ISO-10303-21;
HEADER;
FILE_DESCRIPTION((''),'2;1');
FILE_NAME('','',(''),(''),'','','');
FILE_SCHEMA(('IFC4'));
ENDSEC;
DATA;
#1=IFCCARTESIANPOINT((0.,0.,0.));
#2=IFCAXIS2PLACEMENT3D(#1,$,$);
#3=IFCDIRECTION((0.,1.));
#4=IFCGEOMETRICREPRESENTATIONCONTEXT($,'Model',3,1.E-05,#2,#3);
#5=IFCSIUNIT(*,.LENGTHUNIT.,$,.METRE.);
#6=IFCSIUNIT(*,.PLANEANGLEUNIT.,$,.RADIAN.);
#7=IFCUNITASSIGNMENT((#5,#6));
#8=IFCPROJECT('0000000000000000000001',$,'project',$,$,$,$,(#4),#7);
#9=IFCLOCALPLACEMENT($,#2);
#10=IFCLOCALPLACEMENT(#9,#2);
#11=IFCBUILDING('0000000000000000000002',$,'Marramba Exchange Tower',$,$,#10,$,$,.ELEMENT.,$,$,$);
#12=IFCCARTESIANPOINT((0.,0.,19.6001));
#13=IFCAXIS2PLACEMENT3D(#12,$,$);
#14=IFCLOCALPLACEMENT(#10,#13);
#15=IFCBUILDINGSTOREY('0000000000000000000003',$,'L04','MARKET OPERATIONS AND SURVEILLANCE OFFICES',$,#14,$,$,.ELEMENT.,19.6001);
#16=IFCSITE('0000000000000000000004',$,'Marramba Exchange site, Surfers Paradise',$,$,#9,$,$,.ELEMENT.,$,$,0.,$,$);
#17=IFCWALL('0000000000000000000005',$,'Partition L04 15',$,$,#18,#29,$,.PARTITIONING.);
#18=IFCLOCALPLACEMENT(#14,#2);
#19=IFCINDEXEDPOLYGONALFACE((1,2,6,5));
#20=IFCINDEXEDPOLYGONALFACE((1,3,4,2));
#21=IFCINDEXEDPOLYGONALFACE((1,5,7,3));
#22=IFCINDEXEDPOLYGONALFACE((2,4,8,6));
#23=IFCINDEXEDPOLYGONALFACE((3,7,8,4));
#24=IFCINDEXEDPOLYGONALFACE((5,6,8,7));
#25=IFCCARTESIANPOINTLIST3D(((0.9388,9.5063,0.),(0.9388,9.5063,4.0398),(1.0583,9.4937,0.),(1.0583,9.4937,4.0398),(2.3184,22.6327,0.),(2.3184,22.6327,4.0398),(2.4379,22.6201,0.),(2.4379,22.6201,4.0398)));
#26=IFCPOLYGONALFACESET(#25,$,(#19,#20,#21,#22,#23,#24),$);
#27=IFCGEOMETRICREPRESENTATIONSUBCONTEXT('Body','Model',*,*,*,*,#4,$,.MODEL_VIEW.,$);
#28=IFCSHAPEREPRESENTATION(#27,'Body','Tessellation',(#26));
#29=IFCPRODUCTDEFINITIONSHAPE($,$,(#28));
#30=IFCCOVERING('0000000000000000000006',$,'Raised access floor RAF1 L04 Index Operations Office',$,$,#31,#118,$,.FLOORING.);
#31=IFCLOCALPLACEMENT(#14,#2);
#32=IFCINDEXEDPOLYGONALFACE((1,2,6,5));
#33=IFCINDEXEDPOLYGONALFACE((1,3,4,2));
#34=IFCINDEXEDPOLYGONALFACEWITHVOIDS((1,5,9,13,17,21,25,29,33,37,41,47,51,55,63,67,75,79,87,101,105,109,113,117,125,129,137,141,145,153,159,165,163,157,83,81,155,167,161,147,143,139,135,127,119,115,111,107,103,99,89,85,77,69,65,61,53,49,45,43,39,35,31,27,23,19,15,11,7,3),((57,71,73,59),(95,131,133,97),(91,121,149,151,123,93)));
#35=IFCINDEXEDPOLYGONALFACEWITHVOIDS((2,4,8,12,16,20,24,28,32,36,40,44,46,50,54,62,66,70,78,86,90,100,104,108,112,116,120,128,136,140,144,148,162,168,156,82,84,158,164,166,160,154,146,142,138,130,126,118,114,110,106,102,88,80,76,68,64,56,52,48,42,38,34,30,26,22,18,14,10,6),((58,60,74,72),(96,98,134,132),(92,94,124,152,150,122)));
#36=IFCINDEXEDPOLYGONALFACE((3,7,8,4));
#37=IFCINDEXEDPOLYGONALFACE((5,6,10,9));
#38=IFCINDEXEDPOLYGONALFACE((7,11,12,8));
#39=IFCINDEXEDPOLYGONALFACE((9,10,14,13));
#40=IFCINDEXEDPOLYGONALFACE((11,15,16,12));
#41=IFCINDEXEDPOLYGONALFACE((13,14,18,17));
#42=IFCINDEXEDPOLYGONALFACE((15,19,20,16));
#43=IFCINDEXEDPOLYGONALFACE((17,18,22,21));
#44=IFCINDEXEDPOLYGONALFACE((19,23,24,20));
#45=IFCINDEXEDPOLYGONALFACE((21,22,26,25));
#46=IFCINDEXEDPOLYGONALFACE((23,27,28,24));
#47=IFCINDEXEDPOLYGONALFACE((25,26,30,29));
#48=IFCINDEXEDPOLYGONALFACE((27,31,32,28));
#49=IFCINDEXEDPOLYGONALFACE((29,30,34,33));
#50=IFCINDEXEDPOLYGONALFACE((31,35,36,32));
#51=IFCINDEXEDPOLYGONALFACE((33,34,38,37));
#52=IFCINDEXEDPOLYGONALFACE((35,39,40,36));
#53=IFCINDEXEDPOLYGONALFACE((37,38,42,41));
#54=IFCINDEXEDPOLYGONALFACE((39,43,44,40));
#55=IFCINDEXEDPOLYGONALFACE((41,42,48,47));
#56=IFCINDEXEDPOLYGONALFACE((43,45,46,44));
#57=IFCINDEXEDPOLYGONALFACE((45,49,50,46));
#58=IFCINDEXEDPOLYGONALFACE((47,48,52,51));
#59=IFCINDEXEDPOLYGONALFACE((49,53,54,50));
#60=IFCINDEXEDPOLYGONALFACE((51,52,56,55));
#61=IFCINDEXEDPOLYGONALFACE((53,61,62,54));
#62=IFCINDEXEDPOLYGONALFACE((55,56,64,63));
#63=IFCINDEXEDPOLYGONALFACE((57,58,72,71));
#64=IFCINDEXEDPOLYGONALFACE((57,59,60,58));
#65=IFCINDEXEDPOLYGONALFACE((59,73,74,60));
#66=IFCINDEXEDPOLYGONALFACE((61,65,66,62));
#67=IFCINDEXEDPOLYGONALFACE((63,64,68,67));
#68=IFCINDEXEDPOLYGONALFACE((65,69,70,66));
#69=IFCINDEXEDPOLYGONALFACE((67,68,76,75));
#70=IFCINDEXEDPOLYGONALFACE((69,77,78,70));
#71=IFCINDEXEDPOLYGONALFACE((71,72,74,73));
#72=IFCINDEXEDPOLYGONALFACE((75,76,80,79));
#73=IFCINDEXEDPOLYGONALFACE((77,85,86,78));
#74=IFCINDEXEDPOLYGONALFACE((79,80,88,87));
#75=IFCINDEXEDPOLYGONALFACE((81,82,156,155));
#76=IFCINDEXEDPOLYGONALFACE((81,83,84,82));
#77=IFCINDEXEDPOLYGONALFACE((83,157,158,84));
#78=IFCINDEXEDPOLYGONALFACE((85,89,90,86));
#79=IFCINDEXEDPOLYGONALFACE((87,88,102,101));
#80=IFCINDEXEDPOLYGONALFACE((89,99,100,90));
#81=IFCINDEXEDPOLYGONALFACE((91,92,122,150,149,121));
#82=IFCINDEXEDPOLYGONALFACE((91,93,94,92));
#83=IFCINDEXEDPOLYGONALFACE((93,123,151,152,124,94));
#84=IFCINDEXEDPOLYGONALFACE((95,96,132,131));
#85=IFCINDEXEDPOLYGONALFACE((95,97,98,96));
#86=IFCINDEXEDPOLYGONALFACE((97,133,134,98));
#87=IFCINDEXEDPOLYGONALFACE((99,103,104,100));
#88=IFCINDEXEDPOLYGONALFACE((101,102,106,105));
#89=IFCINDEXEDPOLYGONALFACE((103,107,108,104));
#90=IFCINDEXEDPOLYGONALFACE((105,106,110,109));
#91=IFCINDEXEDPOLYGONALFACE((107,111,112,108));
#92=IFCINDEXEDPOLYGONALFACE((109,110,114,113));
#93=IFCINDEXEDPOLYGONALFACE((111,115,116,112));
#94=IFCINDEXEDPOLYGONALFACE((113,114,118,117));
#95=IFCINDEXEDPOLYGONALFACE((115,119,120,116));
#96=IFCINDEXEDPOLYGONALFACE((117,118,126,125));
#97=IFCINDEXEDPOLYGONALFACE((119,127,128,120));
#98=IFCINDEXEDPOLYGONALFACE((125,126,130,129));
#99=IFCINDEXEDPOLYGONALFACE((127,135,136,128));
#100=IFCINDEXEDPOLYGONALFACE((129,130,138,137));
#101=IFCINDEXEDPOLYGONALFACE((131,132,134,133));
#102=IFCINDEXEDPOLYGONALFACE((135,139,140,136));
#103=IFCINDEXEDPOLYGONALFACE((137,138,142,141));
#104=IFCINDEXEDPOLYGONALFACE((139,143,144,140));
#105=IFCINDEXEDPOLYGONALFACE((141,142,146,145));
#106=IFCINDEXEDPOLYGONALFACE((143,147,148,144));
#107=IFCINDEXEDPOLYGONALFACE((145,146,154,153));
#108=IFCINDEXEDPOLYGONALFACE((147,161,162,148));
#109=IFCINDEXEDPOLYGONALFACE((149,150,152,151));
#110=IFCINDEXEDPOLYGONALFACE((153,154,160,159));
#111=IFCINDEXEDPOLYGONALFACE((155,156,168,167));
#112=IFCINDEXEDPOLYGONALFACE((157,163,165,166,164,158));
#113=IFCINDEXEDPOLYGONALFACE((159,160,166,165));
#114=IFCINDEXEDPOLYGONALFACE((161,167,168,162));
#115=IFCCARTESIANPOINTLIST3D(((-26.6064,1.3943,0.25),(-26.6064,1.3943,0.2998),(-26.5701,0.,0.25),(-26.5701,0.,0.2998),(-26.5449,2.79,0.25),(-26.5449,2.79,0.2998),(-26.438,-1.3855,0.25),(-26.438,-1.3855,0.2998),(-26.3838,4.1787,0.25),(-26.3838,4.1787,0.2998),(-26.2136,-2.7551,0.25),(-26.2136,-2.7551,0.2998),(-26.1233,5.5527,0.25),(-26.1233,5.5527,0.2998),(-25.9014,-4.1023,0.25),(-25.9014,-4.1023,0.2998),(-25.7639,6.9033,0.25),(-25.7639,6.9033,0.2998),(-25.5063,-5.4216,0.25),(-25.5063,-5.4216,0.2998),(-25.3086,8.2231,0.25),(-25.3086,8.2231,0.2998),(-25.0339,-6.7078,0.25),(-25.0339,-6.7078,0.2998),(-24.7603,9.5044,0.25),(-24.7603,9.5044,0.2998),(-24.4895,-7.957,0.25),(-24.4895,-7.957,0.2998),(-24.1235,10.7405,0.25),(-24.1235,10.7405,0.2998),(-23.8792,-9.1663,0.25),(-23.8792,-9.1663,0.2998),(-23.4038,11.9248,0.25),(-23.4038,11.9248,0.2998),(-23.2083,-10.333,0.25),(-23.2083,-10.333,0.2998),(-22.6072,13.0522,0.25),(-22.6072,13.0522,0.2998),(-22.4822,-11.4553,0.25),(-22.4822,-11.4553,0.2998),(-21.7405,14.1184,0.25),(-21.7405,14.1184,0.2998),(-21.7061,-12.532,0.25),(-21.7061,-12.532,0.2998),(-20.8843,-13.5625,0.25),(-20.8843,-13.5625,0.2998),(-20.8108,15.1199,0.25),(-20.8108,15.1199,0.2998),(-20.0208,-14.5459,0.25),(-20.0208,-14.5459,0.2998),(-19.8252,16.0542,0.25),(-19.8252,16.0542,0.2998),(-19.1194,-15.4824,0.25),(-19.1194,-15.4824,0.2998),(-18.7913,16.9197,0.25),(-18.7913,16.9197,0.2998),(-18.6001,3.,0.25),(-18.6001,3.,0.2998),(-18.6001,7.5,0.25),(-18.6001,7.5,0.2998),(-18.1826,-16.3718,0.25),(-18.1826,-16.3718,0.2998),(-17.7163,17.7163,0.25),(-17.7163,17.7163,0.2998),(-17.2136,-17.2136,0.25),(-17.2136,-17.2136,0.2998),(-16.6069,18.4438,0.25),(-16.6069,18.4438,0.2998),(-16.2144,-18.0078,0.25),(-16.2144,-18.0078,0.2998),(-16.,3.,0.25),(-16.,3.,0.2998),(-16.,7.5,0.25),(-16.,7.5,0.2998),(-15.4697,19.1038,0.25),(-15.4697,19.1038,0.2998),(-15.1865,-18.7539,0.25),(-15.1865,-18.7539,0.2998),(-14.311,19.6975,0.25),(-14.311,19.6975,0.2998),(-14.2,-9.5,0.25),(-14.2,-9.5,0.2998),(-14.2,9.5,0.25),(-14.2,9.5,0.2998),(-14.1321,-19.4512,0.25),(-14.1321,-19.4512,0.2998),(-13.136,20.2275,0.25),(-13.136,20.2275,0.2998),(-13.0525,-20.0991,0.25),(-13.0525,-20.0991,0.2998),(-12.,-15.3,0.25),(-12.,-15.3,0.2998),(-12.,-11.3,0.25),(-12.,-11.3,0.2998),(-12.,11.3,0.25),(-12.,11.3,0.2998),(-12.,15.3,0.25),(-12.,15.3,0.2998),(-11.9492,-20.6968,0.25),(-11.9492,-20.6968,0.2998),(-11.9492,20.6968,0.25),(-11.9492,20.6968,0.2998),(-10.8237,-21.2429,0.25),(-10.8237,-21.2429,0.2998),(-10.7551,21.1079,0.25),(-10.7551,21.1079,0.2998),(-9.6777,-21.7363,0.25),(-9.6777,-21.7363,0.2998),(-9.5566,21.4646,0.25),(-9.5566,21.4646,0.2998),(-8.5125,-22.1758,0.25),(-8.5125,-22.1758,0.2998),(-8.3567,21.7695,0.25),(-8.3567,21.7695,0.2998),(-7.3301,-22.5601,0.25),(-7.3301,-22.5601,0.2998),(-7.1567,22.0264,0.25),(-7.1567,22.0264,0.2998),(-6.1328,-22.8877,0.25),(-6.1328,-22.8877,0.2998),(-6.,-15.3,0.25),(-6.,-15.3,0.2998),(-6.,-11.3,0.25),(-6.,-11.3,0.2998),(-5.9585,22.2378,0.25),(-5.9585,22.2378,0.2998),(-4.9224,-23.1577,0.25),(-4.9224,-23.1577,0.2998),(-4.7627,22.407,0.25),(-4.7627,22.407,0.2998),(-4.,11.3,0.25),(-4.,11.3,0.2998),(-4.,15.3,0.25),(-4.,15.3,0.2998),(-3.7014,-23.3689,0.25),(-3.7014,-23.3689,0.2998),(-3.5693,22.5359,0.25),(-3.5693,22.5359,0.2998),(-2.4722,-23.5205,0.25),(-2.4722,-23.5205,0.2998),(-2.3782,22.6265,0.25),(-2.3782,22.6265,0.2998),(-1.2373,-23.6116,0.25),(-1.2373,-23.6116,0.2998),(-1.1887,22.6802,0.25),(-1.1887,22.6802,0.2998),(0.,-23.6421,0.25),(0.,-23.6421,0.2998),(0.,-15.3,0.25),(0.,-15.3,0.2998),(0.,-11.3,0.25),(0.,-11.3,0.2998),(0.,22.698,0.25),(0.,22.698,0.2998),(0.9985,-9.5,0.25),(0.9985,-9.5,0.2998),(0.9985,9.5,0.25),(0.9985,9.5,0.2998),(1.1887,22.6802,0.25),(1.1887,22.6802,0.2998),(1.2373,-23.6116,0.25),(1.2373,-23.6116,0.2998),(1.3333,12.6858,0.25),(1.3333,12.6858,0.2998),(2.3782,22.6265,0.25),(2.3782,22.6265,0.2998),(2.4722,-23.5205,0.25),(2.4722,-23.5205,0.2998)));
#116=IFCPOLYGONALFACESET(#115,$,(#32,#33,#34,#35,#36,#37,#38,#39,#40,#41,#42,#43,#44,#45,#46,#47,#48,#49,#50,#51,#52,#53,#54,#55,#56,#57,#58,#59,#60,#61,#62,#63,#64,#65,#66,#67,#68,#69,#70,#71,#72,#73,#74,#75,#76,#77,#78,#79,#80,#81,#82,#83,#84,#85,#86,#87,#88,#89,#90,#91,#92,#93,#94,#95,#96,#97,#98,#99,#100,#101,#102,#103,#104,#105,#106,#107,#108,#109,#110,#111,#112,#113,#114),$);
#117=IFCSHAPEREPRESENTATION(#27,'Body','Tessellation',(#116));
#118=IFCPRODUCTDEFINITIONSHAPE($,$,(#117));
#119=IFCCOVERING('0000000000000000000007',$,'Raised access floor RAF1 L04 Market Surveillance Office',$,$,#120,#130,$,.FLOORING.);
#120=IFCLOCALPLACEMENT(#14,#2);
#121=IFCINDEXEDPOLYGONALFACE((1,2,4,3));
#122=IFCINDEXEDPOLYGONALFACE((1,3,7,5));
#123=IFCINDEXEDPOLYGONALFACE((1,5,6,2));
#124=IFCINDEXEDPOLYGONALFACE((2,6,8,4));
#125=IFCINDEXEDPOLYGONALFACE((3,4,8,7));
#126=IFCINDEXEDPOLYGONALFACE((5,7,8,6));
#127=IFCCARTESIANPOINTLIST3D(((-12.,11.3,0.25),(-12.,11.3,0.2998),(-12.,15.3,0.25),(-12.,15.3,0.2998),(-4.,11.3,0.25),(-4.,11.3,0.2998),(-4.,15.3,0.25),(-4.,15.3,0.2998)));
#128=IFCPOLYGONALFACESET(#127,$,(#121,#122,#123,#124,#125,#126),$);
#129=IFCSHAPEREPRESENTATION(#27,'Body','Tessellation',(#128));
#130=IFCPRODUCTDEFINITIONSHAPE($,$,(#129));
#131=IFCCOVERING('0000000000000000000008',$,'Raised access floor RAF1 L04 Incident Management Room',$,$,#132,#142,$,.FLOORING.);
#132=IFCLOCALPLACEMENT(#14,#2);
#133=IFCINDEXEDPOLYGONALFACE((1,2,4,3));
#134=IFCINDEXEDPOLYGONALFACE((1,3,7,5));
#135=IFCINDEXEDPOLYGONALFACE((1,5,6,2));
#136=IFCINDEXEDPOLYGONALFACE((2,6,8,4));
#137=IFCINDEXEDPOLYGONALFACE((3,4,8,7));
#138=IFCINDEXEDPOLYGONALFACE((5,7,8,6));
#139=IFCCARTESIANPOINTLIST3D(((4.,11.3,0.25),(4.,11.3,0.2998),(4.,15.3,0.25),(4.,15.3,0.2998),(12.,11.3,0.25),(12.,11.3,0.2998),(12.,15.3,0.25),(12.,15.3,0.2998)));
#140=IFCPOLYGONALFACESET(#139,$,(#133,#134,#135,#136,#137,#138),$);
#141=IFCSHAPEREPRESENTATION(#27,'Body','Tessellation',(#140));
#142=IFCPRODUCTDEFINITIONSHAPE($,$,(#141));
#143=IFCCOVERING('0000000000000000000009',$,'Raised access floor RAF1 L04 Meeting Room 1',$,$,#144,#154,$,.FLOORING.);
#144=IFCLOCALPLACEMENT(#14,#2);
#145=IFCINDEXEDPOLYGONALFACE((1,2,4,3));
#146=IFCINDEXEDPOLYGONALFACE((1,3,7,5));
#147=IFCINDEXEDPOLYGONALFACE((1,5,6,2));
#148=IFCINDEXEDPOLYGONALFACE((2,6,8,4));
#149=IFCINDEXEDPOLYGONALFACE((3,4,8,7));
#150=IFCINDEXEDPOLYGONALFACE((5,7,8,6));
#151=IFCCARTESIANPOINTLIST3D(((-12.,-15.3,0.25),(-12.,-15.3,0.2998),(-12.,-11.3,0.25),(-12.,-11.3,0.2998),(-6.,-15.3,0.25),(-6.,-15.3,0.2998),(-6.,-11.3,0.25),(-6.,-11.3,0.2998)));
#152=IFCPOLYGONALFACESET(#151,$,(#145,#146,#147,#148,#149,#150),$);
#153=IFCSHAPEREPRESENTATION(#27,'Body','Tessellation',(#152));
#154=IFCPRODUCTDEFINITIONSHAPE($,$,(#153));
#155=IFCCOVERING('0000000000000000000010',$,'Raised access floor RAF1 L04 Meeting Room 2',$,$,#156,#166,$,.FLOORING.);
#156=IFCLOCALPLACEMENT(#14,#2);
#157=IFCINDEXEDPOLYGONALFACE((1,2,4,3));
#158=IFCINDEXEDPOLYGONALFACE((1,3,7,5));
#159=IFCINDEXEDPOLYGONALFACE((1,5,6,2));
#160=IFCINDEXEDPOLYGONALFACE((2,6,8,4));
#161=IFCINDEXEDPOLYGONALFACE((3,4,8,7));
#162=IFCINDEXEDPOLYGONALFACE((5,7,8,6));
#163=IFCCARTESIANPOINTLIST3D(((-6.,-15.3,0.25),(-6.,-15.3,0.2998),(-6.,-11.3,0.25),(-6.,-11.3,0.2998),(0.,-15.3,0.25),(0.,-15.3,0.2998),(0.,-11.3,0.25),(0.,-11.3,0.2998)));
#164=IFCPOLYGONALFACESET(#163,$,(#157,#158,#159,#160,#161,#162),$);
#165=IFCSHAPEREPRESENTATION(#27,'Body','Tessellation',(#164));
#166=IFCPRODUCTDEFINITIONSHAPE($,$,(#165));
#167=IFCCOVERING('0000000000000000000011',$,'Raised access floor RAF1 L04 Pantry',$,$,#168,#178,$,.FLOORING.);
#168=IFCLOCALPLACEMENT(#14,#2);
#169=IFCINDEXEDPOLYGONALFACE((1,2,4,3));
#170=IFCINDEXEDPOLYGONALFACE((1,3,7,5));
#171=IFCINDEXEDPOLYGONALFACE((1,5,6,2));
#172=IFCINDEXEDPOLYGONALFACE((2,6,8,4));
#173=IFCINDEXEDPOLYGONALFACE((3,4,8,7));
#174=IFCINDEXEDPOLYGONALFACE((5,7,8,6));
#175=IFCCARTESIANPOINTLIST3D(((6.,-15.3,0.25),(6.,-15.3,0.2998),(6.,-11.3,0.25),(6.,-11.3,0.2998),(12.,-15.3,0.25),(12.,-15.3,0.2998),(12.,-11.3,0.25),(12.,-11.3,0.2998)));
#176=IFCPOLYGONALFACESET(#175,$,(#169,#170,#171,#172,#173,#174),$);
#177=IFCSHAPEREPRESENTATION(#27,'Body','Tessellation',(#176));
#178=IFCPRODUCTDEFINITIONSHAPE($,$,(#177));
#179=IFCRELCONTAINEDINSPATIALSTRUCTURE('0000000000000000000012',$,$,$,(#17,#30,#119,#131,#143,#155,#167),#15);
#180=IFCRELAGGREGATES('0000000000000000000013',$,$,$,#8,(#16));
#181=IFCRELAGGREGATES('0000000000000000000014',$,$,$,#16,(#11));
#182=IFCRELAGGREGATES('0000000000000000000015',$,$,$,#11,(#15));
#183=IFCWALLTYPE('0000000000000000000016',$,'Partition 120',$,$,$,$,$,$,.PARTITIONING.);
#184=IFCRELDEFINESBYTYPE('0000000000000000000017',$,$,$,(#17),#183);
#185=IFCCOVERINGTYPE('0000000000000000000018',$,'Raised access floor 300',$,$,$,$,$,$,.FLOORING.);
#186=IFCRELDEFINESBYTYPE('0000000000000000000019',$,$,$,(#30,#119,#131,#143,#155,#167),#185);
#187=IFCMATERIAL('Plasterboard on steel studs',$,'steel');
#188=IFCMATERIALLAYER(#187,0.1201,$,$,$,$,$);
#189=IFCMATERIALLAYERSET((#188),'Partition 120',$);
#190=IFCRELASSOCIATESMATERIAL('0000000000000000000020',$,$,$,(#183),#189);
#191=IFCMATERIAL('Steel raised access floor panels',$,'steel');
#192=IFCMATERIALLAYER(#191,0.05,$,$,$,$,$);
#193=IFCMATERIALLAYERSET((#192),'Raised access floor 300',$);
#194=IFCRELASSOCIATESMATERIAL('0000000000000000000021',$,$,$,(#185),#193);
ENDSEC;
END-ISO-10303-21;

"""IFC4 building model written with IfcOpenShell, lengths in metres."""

from ifc_helpers import new_model, si_unit, direction, frame, frame_2d, origin, place, context, subcontext, project, spatial, polyline, rectangle, outline, extrude, material, layer, layer_set, type_object, element, save


model = new_model("IFC4")

# Units and contexts
model_context = context("Model", 3, precision=1e-05, world=origin(), true_north=direction((0.0, 1.0)))
body_context = subcontext(model_context, "Body", "Model", "MODEL_VIEW")
ifc_project = project(units=[si_unit("LENGTHUNIT", "METRE"), si_unit("PLANEANGLEUNIT", "RADIAN")], contexts=[model_context])

# Site, building, storey
site_placement = place(None, origin())
site = spatial("IfcSite", under=ifc_project, at=site_placement, Name="Marramba Exchange site, Surfers Paradise", CompositionType="ELEMENT", RefElevation=0.0)
building_placement = place(site_placement, origin())
building = spatial("IfcBuilding", under=site, at=building_placement, Name="Marramba Exchange Tower", CompositionType="ELEMENT")
storey_placement = place(building_placement, frame((0.0, 0.0, 19.6001)))
storey = spatial("IfcBuildingStorey", under=building, at=storey_placement, Name="L04", Description="MARKET OPERATIONS AND SURVEILLANCE OFFICES", CompositionType="ELEMENT", Elevation=19.6001)

# Wall
ifc_material_1 = material(Name="Plasterboard on steel studs", Category="steel")
ifc_layer_1 = layer(ifc_material_1, 0.1201)
ifc_layer_set_1 = layer_set([ifc_layer_1], Name="Partition 120")
wall_type_1 = type_object("IfcWallType", Name="Partition 120", PredefinedType="PARTITIONING", material=ifc_layer_set_1)
wall_1_placement = place(storey_placement, frame((0.9985, 9.5, 0.0), z_axis=(0.0, 0.0, 1.0), x_axis=(0.104528, 0.994522, 0.0)))
element("IfcWall", 1, at=wall_1_placement, inside=storey, type_object=wall_type_1, Name="Partition L04 15", PredefinedType="PARTITIONING", context=body_context, shape_type="SweptSolid", body=[
    extrude(rectangle(XDim=13.1987, YDim=0.1201, at=frame_2d((6.5994, 0.0))), origin(), (0.0, 0.0, 1.0), 4.0398),
])

# Coverings
ifc_material_2 = material(Name="Steel raised access floor panels", Category="steel")
ifc_layer_2 = layer(ifc_material_2, 0.05)
ifc_layer_set_2 = layer_set([ifc_layer_2], Name="Raised access floor 300")
covering_type_1 = type_object("IfcCoveringType", Name="Raised access floor 300", PredefinedType="FLOORING", material=ifc_layer_set_2)
covering_1_placement = place(storey_placement, frame((0.0, 0.0, 0.25)))
element("IfcCovering", 2, at=covering_1_placement, inside=storey, type_object=covering_type_1, Name="Raised access floor RAF1 L04 Index Operations Office", PredefinedType="FLOORING", context=body_context, shape_type="SweptSolid", body=[
    extrude(outline(polyline([(-14.2, -9.5), (0.9985, -9.5), (2.4722, -23.5205), (1.2373, -23.6116), (0.0, -23.6421), (-1.2373, -23.6116), (-2.4722, -23.5205), (-3.7014, -23.3689), (-4.9224, -23.1577), (-6.1328, -22.8877), (-7.3301, -22.5601), (-8.5125, -22.1758), (-9.6777, -21.7363), (-10.8237, -21.2429), (-11.9492, -20.6968), (-13.0525, -20.0991), (-14.1321, -19.4512), (-15.1865, -18.7539), (-16.2144, -18.0078), (-17.2136, -17.2136), (-18.1826, -16.3718), (-19.1194, -15.4824), (-20.0208, -14.5459), (-20.8843, -13.5625), (-21.7061, -12.532), (-22.4822, -11.4553), (-23.2083, -10.333), (-23.8792, -9.1663), (-24.4895, -7.957), (-25.0339, -6.7078), (-25.5063, -5.4216), (-25.9014, -4.1023), (-26.2136, -2.7551), (-26.438, -1.3855), (-26.5701, 0.0), (-26.6064, 1.3943), (-26.5449, 2.79), (-26.3838, 4.1787), (-26.1233, 5.5527), (-25.7639, 6.9033), (-25.3086, 8.2231), (-24.7603, 9.5044), (-24.1235, 10.7405), (-23.4038, 11.9248), (-22.6072, 13.0522), (-21.7405, 14.1184), (-20.8108, 15.1199), (-19.8252, 16.0542), (-18.7913, 16.9197), (-17.7163, 17.7163), (-16.6069, 18.4438), (-15.4697, 19.1038), (-14.311, 19.6975), (-13.136, 20.2275), (-11.9492, 20.6968), (-10.7551, 21.1079), (-9.5566, 21.4646), (-8.3567, 21.7695), (-7.1567, 22.0264), (-5.9585, 22.2378), (-4.7627, 22.407), (-3.5693, 22.5359), (-2.3782, 22.6265), (-1.1887, 22.6802), (0.0, 22.698), (1.1887, 22.6802), (2.3782, 22.6265), (1.3333, 12.6858), (0.9985, 9.5), (-14.2, 9.5), (-14.2, -9.5)]), holes=[polyline([(-12.0, -15.3), (-6.0, -15.3), (0.0, -15.3), (0.0, -11.3), (-6.0, -11.3), (-12.0, -11.3), (-12.0, -15.3)]), polyline([(-12.0, 11.3), (-4.0, 11.3), (-4.0, 15.3), (-12.0, 15.3), (-12.0, 11.3)]), polyline([(-18.6001, 3.0), (-16.0, 3.0), (-16.0, 7.5), (-18.6001, 7.5), (-18.6001, 3.0)])]), origin(), (0.0, 0.0, 1.0), 0.0498),
])
covering_2_placement = place(storey_placement, frame((0.0, 0.0, 0.25)))
element("IfcCovering", 3, at=covering_2_placement, inside=storey, type_object=covering_type_1, Name="Raised access floor RAF1 L04 Market Surveillance Office", PredefinedType="FLOORING", context=body_context, shape_type="SweptSolid", body=[
    extrude(outline(polyline([(-4.0, 11.3), (-12.0, 11.3), (-12.0, 15.3), (-4.0, 15.3), (-4.0, 11.3)])), origin(), (0.0, 0.0, 1.0), 0.0498),
])
covering_3_placement = place(storey_placement, frame((0.0, 0.0, 0.25)))
element("IfcCovering", 4, at=covering_3_placement, inside=storey, type_object=covering_type_1, Name="Raised access floor RAF1 L04 Incident Management Room", PredefinedType="FLOORING", context=body_context, shape_type="SweptSolid", body=[
    extrude(outline(polyline([(12.0, 11.3), (4.0, 11.3), (4.0, 15.3), (12.0, 15.3), (12.0, 11.3)])), origin(), (0.0, 0.0, 1.0), 0.0498),
])
covering_4_placement = place(storey_placement, frame((0.0, 0.0, 0.25)))
element("IfcCovering", 5, at=covering_4_placement, inside=storey, type_object=covering_type_1, Name="Raised access floor RAF1 L04 Meeting Room 1", PredefinedType="FLOORING", context=body_context, shape_type="SweptSolid", body=[
    extrude(outline(polyline([(-6.0, -15.3), (-12.0, -15.3), (-12.0, -11.3), (-6.0, -11.3), (-6.0, -15.3)])), origin(), (0.0, 0.0, 1.0), 0.0498),
])
covering_5_placement = place(storey_placement, frame((0.0, 0.0, 0.25)))
element("IfcCovering", 6, at=covering_5_placement, inside=storey, type_object=covering_type_1, Name="Raised access floor RAF1 L04 Meeting Room 2", PredefinedType="FLOORING", context=body_context, shape_type="SweptSolid", body=[
    extrude(outline(polyline([(0.0, -15.3), (-6.0, -15.3), (-6.0, -11.3), (0.0, -11.3), (0.0, -15.3)])), origin(), (0.0, 0.0, 1.0), 0.0498),
])
covering_6_placement = place(storey_placement, frame((0.0, 0.0, 0.25)))
element("IfcCovering", 7, at=covering_6_placement, inside=storey, type_object=covering_type_1, Name="Raised access floor RAF1 L04 Pantry", PredefinedType="FLOORING", context=body_context, shape_type="SweptSolid", body=[
    extrude(outline(polyline([(12.0, -15.3), (6.0, -15.3), (6.0, -11.3), (12.0, -11.3), (12.0, -15.3)])), origin(), (0.0, 0.0, 1.0), 0.0498),
])

save(model, "model.ifc")
